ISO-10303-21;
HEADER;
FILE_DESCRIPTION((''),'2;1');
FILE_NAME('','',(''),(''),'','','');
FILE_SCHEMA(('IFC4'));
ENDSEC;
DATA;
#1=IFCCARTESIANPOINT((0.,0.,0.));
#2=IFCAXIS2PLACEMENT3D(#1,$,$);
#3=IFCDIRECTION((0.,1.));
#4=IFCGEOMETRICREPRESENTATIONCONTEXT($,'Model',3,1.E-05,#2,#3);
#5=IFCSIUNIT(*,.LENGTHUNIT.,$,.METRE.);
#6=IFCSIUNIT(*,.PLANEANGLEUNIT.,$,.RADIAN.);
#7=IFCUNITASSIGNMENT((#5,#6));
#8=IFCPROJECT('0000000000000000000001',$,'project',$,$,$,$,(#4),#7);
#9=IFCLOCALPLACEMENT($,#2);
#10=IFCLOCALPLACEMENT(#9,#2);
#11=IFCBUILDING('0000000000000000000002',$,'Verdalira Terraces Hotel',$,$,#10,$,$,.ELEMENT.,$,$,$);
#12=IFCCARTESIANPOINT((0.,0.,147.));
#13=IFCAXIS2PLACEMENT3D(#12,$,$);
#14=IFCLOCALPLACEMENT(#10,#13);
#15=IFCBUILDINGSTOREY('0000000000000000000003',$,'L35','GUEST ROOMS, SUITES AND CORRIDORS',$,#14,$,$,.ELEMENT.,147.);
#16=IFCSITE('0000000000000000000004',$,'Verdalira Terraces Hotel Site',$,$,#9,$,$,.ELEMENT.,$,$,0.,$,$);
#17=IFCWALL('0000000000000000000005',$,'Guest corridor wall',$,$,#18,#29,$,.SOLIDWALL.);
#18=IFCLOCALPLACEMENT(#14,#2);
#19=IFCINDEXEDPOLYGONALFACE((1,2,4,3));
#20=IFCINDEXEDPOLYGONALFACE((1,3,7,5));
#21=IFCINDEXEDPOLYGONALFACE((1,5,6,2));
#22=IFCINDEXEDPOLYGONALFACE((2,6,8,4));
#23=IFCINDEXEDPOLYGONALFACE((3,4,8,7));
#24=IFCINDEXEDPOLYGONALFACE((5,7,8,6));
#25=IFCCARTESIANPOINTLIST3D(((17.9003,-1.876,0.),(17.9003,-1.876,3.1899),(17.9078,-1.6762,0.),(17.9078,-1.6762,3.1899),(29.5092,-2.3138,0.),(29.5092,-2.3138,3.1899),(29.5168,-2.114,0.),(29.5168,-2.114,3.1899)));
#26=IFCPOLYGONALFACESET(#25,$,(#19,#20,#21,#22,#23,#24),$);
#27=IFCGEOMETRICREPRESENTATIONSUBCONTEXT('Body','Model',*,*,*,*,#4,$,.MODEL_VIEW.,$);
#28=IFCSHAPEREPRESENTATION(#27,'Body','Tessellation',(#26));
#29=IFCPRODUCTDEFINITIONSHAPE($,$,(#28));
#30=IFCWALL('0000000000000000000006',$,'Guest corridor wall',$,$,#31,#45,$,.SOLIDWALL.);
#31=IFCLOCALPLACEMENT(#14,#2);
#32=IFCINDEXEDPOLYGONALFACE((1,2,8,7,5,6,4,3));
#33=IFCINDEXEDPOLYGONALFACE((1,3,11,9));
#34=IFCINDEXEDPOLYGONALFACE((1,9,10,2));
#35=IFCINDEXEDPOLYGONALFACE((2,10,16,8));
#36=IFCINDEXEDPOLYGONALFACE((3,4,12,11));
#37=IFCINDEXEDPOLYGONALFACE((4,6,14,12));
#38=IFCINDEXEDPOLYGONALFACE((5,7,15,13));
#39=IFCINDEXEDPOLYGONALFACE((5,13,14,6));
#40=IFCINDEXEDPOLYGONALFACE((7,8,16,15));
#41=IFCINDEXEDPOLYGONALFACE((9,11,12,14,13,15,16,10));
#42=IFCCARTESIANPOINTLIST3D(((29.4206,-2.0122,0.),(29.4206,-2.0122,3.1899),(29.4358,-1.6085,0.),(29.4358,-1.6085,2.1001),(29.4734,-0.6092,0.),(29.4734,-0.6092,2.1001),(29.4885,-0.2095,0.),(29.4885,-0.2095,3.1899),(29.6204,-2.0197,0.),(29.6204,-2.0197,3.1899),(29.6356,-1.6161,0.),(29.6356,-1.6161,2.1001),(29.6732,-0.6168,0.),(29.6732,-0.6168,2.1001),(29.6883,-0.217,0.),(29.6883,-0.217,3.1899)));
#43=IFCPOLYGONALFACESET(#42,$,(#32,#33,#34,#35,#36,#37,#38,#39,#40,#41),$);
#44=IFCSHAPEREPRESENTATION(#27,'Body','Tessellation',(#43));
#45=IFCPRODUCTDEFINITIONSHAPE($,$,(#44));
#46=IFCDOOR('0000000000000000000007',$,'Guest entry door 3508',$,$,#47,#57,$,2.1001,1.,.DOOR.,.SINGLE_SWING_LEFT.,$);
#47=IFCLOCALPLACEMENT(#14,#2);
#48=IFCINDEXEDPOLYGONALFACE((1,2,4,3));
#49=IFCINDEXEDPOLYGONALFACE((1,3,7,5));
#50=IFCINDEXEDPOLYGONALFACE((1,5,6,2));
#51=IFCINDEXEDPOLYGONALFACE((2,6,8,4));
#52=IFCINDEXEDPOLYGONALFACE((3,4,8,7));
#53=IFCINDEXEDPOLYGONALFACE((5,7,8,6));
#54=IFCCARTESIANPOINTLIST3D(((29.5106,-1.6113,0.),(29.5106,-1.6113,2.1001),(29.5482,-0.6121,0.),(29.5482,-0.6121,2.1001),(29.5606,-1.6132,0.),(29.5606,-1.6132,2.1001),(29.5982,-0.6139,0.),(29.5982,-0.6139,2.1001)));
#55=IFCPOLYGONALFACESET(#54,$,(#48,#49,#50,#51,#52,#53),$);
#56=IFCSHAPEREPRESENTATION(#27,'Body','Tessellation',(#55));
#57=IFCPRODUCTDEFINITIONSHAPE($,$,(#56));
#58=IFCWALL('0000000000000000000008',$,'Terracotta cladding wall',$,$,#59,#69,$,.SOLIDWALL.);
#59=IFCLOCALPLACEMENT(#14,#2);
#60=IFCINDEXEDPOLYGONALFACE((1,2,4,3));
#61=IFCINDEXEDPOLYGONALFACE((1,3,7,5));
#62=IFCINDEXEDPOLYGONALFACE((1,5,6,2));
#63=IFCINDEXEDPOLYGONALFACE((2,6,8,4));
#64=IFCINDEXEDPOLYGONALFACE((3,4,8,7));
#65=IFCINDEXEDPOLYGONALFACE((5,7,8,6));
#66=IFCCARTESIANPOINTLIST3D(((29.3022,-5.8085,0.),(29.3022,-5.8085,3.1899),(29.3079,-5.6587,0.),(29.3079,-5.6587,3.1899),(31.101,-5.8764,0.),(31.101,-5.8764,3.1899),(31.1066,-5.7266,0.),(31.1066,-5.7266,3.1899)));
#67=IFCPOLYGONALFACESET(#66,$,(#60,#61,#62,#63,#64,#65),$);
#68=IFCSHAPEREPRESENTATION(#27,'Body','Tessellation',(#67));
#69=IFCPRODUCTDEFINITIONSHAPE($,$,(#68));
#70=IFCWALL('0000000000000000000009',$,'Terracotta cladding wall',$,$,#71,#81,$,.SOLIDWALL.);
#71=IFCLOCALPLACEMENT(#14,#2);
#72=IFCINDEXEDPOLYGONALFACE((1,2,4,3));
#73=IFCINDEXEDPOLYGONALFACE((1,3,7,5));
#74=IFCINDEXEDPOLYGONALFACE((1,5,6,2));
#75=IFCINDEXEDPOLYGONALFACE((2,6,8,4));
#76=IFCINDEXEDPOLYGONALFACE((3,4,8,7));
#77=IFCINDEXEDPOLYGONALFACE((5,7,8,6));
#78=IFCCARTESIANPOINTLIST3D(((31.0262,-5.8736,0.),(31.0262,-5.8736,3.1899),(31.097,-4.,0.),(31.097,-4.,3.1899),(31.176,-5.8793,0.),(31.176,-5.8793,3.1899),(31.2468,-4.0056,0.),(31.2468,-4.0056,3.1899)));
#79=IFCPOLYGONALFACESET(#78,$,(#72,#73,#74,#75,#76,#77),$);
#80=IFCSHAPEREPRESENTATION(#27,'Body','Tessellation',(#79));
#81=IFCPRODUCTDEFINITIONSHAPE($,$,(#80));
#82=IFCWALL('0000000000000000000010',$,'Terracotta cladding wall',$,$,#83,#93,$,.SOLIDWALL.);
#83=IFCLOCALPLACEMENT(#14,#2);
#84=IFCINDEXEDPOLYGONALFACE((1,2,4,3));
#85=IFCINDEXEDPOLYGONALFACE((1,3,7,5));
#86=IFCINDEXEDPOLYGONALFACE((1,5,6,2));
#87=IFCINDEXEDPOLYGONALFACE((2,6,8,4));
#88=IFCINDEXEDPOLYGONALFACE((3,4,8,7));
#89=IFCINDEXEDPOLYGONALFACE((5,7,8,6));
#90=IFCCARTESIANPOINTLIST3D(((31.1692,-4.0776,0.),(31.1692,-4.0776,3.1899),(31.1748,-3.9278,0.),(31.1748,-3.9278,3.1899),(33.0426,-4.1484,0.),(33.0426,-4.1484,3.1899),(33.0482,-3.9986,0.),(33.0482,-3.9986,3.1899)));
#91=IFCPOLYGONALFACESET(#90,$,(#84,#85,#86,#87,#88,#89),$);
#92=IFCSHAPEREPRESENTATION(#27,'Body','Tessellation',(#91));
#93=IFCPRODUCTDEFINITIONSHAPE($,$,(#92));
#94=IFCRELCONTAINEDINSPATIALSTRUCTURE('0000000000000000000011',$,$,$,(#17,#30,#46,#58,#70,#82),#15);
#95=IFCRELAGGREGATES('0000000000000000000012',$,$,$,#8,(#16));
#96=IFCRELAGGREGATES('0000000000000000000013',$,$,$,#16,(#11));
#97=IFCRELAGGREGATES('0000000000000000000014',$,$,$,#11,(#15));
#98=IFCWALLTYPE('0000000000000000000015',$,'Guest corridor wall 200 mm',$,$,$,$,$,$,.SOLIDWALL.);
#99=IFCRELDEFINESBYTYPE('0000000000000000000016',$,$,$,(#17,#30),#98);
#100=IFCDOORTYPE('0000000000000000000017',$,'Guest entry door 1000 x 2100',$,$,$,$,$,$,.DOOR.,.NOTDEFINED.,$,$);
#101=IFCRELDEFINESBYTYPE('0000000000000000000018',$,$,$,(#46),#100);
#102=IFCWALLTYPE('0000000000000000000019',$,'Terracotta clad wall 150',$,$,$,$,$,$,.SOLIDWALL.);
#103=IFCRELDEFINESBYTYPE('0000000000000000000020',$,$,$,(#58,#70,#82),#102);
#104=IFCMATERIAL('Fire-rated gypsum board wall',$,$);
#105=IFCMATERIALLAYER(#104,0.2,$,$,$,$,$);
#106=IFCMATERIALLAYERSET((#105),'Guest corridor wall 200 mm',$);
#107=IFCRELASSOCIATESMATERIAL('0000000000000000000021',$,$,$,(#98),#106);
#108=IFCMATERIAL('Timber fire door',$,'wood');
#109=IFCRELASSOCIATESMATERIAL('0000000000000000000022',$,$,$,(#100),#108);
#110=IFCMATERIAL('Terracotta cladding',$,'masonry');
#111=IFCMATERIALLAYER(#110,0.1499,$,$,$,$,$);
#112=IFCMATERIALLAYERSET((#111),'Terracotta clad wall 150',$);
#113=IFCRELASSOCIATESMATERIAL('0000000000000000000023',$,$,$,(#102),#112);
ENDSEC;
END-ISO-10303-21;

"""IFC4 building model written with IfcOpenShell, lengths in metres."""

from ifc_helpers import new_model, si_unit, direction, frame, frame_2d, origin, place, context, subcontext, project, spatial, rectangle, extrude, material, layer, layer_set, type_object, element, fill, save


model = new_model("IFC4")

# Units and contexts
model_context = context("Model", 3, precision=1e-05, world=origin(), true_north=direction((0.0, 1.0)))
body_context = subcontext(model_context, "Body", "Model", "MODEL_VIEW")
ifc_project = project(units=[si_unit("LENGTHUNIT", "METRE"), si_unit("PLANEANGLEUNIT", "RADIAN")], contexts=[model_context])

# Site, building, storey
site_placement = place(None, origin())
site = spatial("IfcSite", under=ifc_project, at=site_placement, Name="Verdalira Terraces Hotel Site", CompositionType="ELEMENT", RefElevation=0.0)
building_placement = place(site_placement, origin())
building = spatial("IfcBuilding", under=site, at=building_placement, Name="Verdalira Terraces Hotel", CompositionType="ELEMENT")
storey_placement = place(building_placement, frame((0.0, 0.0, 147.0)))
storey = spatial("IfcBuildingStorey", under=building, at=storey_placement, Name="L35", Description="GUEST ROOMS, SUITES AND CORRIDORS", CompositionType="ELEMENT", Elevation=147.0)

# Wall
ifc_material_1 = material(Name="Fire-rated gypsum board wall")
ifc_layer_1 = layer(ifc_material_1, 0.2)
ifc_layer_set_1 = layer_set([ifc_layer_1], Name="Guest corridor wall 200 mm")
wall_type_1 = type_object("IfcWallType", Name="Guest corridor wall 200 mm", PredefinedType="SOLIDWALL", material=ifc_layer_set_1)
wall_1_placement = place(storey_placement, frame((17.9041, -1.7761, 0.0), z_axis=(0.0, 0.0, 1.0), x_axis=(0.99929, -0.037681, 0.0)))
element("IfcWall", 1, at=wall_1_placement, inside=storey, type_object=wall_type_1, Name="Guest corridor wall", PredefinedType="SOLIDWALL", context=body_context, shape_type="SweptSolid", body=[
    extrude(rectangle(XDim=11.6172, YDim=0.2, at=frame_2d((5.8086, 0.0))), origin(), (0.0, 0.0, 1.0), 3.1899),
])

# Wall, opening, door
wall_2_placement = place(storey_placement, frame((29.5884, -0.2134, 0.0), z_axis=(0.0, 0.0, 1.0), x_axis=(-0.037622, -0.999292, 0.0)))
wall_2 = element("IfcWall", 2, at=wall_2_placement, inside=storey, type_object=wall_type_1, Name="Guest corridor wall", PredefinedType="SOLIDWALL", context=body_context, shape_type="SweptSolid", body=[
    extrude(rectangle(XDim=1.804, YDim=0.2, at=frame_2d((0.9019, 0.0))), origin(), (0.0, 0.0, 1.0), 3.1899),
])
opening_1_placement = place(wall_2_placement, frame((0.3999, 0.0, 0.0)))
opening_1 = element("IfcOpeningElement", 3, at=opening_1_placement, cuts=wall_2, PredefinedType="OPENING", context=body_context, shape_type="SweptSolid", body=[
    extrude(rectangle(XDim=1.0, YDim=2.1001, at=frame_2d((0.5, 1.05))), frame((0.0, 0.1099, 0.0), z_axis=(0.0, -1.0, 0.0), x_axis=(1.0, 0.0, 0.0)), (0.0, 0.0, 1.0), 0.22),
])
ifc_material_2 = material(Name="Timber fire door", Category="wood")
door_type_1 = type_object("IfcDoorType", Name="Guest entry door 1000 x 2100", OperationType="NOTDEFINED", PredefinedType="DOOR", material=ifc_material_2)
door_1_placement = place(opening_1_placement, origin())
door_1 = element("IfcDoor", 4, at=door_1_placement, inside=storey, type_object=door_type_1, Name="Guest entry door 3508", OperationType="SINGLE_SWING_LEFT", OverallHeight=2.1001, OverallWidth=1.0, PredefinedType="DOOR", context=body_context, shape_type="SweptSolid", body=[
    extrude(rectangle(XDim=1.0, YDim=2.1001, at=frame_2d((0.5, 1.05))), frame((0.0, 0.0249, 0.0), z_axis=(0.0, -1.0, 0.0), x_axis=(1.0, 0.0, 0.0)), (0.0, 0.0, 1.0), 0.05),
])
fill(opening_1, door_1)

# Walls
ifc_material_3 = material(Name="Terracotta cladding", Category="masonry")
ifc_layer_2 = layer(ifc_material_3, 0.1499)
ifc_layer_set_2 = layer_set([ifc_layer_2], Name="Terracotta clad wall 150")
wall_type_2 = type_object("IfcWallType", Name="Terracotta clad wall 150", PredefinedType="SOLIDWALL", material=ifc_layer_set_2)
wall_3_placement = place(storey_placement, frame((29.3052, -5.7336, 0.0), z_axis=(0.0, 0.0, 1.0), x_axis=(0.999289, -0.037704, 0.0)))
element("IfcWall", 5, at=wall_3_placement, inside=storey, type_object=wall_type_2, Name="Terracotta cladding wall", PredefinedType="SOLIDWALL", context=body_context, shape_type="SweptSolid", body=[
    extrude(rectangle(XDim=1.8, YDim=0.1499, at=frame_2d((0.8999, 0.0))), origin(), (0.0, 0.0, 1.0), 3.1899),
])
wall_4_placement = place(storey_placement, frame((31.1011, -5.8765, 0.0), z_axis=(0.0, 0.0, 1.0), x_axis=(0.037758, 0.999287, 0.0)))
element("IfcWall", 6, at=wall_4_placement, inside=storey, type_object=wall_type_2, Name="Terracotta cladding wall", PredefinedType="SOLIDWALL", context=body_context, shape_type="SweptSolid", body=[
    extrude(rectangle(XDim=1.875, YDim=0.1499, at=frame_2d((0.9375, 0.0))), origin(), (0.0, 0.0, 1.0), 3.1899),
])
wall_5_placement = place(storey_placement, frame((31.1719, -4.0027, 0.0), z_axis=(0.0, 0.0, 1.0), x_axis=(0.999287, -0.037763, 0.0)))
element("IfcWall", 7, at=wall_5_placement, inside=storey, type_object=wall_type_2, Name="Terracotta cladding wall", PredefinedType="SOLIDWALL", context=body_context, shape_type="SweptSolid", body=[
    extrude(rectangle(XDim=1.8748, YDim=0.1499, at=frame_2d((0.9375, 0.0))), origin(), (0.0, 0.0, 1.0), 3.1899),
])

save(model, "model.ifc")
